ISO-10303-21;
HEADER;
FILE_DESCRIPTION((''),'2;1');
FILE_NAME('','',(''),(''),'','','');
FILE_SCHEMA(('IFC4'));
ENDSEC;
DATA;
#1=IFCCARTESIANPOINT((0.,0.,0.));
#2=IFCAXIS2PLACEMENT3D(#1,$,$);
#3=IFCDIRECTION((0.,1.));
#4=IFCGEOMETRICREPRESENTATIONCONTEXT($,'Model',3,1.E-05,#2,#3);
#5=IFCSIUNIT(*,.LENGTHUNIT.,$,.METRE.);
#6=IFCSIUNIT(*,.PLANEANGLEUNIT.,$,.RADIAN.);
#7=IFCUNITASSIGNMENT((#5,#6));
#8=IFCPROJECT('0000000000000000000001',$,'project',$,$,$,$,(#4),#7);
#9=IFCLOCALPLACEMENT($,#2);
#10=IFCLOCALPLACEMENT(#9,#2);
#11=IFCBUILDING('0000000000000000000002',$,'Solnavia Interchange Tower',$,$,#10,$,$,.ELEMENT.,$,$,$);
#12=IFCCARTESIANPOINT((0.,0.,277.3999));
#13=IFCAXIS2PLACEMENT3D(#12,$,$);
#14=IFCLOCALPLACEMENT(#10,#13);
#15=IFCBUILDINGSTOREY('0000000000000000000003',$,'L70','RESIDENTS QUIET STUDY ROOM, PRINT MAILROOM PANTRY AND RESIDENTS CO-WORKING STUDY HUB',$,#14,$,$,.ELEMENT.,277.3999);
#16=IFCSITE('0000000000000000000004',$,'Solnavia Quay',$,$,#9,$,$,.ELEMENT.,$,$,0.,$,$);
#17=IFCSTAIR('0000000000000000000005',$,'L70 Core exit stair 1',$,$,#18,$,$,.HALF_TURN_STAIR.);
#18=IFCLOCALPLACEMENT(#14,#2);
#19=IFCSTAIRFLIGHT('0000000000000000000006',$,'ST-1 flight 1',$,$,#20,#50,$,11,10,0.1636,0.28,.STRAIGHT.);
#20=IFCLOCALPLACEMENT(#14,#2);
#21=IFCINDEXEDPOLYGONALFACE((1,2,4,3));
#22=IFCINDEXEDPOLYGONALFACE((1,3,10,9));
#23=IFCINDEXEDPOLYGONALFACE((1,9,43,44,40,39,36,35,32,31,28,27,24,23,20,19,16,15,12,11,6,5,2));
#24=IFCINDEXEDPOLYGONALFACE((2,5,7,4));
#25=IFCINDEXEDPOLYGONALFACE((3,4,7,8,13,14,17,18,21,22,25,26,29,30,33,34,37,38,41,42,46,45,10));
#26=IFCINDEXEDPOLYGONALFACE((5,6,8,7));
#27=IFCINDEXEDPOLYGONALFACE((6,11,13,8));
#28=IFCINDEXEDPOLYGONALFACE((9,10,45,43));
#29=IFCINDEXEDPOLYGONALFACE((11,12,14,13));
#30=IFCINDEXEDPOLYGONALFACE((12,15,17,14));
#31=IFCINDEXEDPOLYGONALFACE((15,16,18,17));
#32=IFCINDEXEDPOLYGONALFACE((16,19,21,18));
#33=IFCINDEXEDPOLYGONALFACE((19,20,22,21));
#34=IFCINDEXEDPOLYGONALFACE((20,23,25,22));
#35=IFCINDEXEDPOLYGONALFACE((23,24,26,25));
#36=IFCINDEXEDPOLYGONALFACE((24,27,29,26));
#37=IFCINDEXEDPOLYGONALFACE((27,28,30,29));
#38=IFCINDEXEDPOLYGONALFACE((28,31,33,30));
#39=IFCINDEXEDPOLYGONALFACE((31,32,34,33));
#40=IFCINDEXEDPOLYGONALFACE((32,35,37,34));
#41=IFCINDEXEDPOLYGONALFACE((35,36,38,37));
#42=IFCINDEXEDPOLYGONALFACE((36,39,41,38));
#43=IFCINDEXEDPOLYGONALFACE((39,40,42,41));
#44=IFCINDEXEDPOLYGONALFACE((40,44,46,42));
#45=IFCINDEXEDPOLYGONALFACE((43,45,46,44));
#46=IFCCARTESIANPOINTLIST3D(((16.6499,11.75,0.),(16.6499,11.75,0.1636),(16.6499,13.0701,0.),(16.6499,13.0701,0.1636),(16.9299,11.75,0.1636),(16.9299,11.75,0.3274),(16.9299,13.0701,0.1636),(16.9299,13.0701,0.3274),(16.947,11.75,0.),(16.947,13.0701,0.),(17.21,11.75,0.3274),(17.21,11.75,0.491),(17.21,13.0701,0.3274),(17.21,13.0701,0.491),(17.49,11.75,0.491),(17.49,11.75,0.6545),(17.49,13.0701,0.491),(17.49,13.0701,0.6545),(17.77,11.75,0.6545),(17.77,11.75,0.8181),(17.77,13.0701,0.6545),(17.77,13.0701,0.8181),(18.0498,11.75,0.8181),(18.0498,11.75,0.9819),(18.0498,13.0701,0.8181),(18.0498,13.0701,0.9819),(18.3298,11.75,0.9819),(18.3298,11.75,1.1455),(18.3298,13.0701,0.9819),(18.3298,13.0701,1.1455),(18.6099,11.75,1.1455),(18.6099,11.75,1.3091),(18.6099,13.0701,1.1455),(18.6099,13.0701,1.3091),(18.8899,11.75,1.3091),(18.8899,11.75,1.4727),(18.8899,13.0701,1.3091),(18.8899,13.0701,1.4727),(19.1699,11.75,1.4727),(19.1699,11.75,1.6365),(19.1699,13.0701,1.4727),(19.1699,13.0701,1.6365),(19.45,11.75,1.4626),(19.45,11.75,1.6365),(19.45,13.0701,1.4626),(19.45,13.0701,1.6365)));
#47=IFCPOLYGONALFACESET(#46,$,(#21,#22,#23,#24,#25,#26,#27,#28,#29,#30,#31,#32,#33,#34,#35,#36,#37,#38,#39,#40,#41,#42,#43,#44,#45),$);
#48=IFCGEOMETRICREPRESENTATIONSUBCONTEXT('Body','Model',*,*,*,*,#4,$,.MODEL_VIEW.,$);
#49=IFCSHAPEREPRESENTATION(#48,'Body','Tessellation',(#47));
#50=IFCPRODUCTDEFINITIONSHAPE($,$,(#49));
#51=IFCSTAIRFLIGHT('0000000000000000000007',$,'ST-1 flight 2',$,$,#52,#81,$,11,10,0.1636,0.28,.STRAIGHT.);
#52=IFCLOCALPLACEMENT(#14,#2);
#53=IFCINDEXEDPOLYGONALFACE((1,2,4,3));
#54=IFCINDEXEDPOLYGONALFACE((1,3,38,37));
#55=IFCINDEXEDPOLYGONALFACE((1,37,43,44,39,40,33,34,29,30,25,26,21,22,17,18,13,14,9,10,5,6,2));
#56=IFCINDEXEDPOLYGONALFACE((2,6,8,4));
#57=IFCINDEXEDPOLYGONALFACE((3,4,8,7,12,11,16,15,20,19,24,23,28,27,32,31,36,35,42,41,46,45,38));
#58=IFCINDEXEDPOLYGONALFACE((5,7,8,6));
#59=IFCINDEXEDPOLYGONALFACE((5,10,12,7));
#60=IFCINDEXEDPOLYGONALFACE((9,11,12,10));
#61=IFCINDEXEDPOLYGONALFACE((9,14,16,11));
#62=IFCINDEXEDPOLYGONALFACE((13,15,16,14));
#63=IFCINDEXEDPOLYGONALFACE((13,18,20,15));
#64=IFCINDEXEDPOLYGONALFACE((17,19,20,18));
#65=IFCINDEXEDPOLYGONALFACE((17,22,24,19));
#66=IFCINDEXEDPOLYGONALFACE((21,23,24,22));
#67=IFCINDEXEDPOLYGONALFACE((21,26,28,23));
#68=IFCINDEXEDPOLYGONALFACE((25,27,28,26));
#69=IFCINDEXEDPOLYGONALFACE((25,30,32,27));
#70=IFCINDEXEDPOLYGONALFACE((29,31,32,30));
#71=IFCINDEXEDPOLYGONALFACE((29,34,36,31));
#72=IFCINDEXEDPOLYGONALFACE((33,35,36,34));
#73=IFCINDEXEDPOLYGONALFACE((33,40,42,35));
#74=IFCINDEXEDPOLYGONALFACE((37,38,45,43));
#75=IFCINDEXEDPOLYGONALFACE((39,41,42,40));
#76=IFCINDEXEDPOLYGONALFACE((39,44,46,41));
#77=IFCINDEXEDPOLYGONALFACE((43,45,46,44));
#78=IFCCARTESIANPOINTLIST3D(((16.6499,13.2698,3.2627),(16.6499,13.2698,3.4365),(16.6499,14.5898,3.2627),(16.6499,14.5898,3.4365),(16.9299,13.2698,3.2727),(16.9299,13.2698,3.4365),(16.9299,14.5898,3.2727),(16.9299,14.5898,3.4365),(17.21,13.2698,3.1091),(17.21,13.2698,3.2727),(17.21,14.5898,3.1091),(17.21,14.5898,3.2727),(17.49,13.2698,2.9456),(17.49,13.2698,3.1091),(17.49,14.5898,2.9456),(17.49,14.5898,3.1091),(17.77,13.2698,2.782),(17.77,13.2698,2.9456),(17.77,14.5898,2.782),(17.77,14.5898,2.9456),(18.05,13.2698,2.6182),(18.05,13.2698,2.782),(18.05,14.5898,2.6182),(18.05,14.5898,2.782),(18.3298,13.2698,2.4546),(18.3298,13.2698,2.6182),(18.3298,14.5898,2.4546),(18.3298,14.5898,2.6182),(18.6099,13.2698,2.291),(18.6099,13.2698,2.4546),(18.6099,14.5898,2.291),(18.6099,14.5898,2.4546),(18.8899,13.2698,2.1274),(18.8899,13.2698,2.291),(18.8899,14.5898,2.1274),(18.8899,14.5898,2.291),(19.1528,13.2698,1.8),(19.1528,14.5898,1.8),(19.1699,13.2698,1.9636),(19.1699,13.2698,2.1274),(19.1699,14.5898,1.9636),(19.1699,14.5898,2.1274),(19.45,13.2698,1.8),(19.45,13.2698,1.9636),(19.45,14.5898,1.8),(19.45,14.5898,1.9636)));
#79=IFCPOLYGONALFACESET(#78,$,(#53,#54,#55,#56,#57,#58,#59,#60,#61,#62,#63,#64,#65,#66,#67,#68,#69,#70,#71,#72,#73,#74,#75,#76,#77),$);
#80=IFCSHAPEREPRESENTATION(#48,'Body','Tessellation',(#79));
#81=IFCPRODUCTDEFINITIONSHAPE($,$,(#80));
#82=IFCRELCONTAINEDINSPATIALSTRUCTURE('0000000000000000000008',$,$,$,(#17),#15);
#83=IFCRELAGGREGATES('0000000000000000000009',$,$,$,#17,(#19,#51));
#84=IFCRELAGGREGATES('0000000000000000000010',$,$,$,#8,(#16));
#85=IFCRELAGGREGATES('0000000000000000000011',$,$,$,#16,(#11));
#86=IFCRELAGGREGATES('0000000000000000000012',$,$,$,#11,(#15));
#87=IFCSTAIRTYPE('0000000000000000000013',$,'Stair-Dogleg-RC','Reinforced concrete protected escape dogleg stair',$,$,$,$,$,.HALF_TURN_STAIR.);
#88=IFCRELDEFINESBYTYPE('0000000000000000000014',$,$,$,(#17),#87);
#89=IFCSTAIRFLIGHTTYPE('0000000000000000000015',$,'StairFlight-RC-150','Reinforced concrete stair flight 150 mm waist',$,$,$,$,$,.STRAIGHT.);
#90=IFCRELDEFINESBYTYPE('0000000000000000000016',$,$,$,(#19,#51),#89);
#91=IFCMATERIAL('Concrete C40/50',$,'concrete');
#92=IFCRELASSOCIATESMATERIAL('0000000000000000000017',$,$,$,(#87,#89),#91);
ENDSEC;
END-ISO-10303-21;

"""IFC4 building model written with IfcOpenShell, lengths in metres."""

from ifc_helpers import new_model, si_unit, direction, frame, origin, place, context, subcontext, project, spatial, polyline, outline, extrude, material, type_object, element, aggregate, save


model = new_model("IFC4")

# Units and contexts
model_context = context("Model", 3, precision=1e-05, world=origin(), true_north=direction((0.0, 1.0)))
body_context = subcontext(model_context, "Body", "Model", "MODEL_VIEW")
ifc_project = project(units=[si_unit("LENGTHUNIT", "METRE"), si_unit("PLANEANGLEUNIT", "RADIAN")], contexts=[model_context])

# Site, building, storey
site_placement = place(None, origin())
site = spatial("IfcSite", under=ifc_project, at=site_placement, Name="Solnavia Quay", CompositionType="ELEMENT", RefElevation=0.0)
building_placement = place(site_placement, origin())
building = spatial("IfcBuilding", under=site, at=building_placement, Name="Solnavia Interchange Tower", CompositionType="ELEMENT")
storey_placement = place(building_placement, frame((0.0, 0.0, 277.3999)))
storey = spatial("IfcBuildingStorey", under=building, at=storey_placement, Name="L70", Description="RESIDENTS QUIET STUDY ROOM, PRINT MAILROOM PANTRY AND RESIDENTS CO-WORKING STUDY HUB", CompositionType="ELEMENT", Elevation=277.3999)

# Shared definitions
ifc_material_1 = material(Name="Concrete C40/50", Category="concrete")

# Stair, stair flights
stair_type = type_object("IfcStairType", Name="Stair-Dogleg-RC", Description="Reinforced concrete protected escape dogleg stair", PredefinedType="HALF_TURN_STAIR", material=ifc_material_1)
stair_placement = place(storey_placement, origin())
stair = element("IfcStair", 1, at=stair_placement, inside=storey, type_object=stair_type, Name="L70 Core exit stair 1", PredefinedType="HALF_TURN_STAIR")
stair_flight_type = type_object("IfcStairFlightType", Name="StairFlight-RC-150", Description="Reinforced concrete stair flight 150 mm waist", PredefinedType="STRAIGHT", material=ifc_material_1)
stair_flight_1_placement = place(storey_placement, frame((16.6499, 12.4099, 0.0), z_axis=(0.0, 0.0, 1.0), x_axis=(1.0, 0.0, 0.0)))
stair_flight_1 = element("IfcStairFlight", 2, at=stair_flight_1_placement, type_object=stair_flight_type, Name="ST-1 flight 1", NumberOfRisers=11, NumberOfTreads=10, PredefinedType="STRAIGHT", RiserHeight=0.1636, TreadLength=0.28, context=body_context, shape_type="SweptSolid", body=[
    extrude(outline(polyline([(0.0, 0.0), (0.0, 0.1636), (0.28, 0.1636), (0.28, 0.3274), (0.5601, 0.3274), (0.5601, 0.491), (0.8401, 0.491), (0.8401, 0.6545), (1.1201, 0.6545), (1.1201, 0.8181), (1.3999, 0.8181), (1.3999, 0.9819), (1.6799, 0.9819), (1.6799, 1.1455), (1.96, 1.1455), (1.96, 1.3091), (2.24, 1.3091), (2.24, 1.4727), (2.52, 1.4727), (2.52, 1.6365), (2.8, 1.6365), (2.8, 1.8), (2.8, 1.4626), (0.2971, 0.0), (0.0, 0.0)])), frame((0.0, 0.6602, 0.0), z_axis=(0.0, -1.0, 0.0), x_axis=(1.0, 0.0, 0.0)), (0.0, 0.0, 1.0), 1.3201),
])
stair_flight_2_placement = place(storey_placement, frame((19.45, 13.9299, 1.8), z_axis=(0.0, 0.0, 1.0), x_axis=(-1.0, 0.0, 0.0)))
stair_flight_2 = element("IfcStairFlight", 3, at=stair_flight_2_placement, type_object=stair_flight_type, Name="ST-1 flight 2", NumberOfRisers=11, NumberOfTreads=10, PredefinedType="STRAIGHT", RiserHeight=0.1636, TreadLength=0.28, context=body_context, shape_type="SweptSolid", body=[
    extrude(outline(polyline([(0.0, 0.0), (0.0, 0.1636), (0.28, 0.1636), (0.28, 0.3274), (0.5601, 0.3274), (0.5601, 0.491), (0.8401, 0.491), (0.8401, 0.6545), (1.1201, 0.6545), (1.1201, 0.8181), (1.3999, 0.8181), (1.3999, 0.9819), (1.6799, 0.9819), (1.6799, 1.1455), (1.96, 1.1455), (1.96, 1.3091), (2.24, 1.3091), (2.24, 1.4727), (2.52, 1.4727), (2.52, 1.6365), (2.8, 1.6365), (2.8, 1.8), (2.8, 1.4626), (0.2971, 0.0), (0.0, 0.0)])), frame((0.0, 0.6602, 0.0), z_axis=(0.0, -1.0, 0.0), x_axis=(1.0, 0.0, 0.0)), (0.0, 0.0, 1.0), 1.3201),
])
aggregate(stair, [stair_flight_1, stair_flight_2])

save(model, "model.ifc")
